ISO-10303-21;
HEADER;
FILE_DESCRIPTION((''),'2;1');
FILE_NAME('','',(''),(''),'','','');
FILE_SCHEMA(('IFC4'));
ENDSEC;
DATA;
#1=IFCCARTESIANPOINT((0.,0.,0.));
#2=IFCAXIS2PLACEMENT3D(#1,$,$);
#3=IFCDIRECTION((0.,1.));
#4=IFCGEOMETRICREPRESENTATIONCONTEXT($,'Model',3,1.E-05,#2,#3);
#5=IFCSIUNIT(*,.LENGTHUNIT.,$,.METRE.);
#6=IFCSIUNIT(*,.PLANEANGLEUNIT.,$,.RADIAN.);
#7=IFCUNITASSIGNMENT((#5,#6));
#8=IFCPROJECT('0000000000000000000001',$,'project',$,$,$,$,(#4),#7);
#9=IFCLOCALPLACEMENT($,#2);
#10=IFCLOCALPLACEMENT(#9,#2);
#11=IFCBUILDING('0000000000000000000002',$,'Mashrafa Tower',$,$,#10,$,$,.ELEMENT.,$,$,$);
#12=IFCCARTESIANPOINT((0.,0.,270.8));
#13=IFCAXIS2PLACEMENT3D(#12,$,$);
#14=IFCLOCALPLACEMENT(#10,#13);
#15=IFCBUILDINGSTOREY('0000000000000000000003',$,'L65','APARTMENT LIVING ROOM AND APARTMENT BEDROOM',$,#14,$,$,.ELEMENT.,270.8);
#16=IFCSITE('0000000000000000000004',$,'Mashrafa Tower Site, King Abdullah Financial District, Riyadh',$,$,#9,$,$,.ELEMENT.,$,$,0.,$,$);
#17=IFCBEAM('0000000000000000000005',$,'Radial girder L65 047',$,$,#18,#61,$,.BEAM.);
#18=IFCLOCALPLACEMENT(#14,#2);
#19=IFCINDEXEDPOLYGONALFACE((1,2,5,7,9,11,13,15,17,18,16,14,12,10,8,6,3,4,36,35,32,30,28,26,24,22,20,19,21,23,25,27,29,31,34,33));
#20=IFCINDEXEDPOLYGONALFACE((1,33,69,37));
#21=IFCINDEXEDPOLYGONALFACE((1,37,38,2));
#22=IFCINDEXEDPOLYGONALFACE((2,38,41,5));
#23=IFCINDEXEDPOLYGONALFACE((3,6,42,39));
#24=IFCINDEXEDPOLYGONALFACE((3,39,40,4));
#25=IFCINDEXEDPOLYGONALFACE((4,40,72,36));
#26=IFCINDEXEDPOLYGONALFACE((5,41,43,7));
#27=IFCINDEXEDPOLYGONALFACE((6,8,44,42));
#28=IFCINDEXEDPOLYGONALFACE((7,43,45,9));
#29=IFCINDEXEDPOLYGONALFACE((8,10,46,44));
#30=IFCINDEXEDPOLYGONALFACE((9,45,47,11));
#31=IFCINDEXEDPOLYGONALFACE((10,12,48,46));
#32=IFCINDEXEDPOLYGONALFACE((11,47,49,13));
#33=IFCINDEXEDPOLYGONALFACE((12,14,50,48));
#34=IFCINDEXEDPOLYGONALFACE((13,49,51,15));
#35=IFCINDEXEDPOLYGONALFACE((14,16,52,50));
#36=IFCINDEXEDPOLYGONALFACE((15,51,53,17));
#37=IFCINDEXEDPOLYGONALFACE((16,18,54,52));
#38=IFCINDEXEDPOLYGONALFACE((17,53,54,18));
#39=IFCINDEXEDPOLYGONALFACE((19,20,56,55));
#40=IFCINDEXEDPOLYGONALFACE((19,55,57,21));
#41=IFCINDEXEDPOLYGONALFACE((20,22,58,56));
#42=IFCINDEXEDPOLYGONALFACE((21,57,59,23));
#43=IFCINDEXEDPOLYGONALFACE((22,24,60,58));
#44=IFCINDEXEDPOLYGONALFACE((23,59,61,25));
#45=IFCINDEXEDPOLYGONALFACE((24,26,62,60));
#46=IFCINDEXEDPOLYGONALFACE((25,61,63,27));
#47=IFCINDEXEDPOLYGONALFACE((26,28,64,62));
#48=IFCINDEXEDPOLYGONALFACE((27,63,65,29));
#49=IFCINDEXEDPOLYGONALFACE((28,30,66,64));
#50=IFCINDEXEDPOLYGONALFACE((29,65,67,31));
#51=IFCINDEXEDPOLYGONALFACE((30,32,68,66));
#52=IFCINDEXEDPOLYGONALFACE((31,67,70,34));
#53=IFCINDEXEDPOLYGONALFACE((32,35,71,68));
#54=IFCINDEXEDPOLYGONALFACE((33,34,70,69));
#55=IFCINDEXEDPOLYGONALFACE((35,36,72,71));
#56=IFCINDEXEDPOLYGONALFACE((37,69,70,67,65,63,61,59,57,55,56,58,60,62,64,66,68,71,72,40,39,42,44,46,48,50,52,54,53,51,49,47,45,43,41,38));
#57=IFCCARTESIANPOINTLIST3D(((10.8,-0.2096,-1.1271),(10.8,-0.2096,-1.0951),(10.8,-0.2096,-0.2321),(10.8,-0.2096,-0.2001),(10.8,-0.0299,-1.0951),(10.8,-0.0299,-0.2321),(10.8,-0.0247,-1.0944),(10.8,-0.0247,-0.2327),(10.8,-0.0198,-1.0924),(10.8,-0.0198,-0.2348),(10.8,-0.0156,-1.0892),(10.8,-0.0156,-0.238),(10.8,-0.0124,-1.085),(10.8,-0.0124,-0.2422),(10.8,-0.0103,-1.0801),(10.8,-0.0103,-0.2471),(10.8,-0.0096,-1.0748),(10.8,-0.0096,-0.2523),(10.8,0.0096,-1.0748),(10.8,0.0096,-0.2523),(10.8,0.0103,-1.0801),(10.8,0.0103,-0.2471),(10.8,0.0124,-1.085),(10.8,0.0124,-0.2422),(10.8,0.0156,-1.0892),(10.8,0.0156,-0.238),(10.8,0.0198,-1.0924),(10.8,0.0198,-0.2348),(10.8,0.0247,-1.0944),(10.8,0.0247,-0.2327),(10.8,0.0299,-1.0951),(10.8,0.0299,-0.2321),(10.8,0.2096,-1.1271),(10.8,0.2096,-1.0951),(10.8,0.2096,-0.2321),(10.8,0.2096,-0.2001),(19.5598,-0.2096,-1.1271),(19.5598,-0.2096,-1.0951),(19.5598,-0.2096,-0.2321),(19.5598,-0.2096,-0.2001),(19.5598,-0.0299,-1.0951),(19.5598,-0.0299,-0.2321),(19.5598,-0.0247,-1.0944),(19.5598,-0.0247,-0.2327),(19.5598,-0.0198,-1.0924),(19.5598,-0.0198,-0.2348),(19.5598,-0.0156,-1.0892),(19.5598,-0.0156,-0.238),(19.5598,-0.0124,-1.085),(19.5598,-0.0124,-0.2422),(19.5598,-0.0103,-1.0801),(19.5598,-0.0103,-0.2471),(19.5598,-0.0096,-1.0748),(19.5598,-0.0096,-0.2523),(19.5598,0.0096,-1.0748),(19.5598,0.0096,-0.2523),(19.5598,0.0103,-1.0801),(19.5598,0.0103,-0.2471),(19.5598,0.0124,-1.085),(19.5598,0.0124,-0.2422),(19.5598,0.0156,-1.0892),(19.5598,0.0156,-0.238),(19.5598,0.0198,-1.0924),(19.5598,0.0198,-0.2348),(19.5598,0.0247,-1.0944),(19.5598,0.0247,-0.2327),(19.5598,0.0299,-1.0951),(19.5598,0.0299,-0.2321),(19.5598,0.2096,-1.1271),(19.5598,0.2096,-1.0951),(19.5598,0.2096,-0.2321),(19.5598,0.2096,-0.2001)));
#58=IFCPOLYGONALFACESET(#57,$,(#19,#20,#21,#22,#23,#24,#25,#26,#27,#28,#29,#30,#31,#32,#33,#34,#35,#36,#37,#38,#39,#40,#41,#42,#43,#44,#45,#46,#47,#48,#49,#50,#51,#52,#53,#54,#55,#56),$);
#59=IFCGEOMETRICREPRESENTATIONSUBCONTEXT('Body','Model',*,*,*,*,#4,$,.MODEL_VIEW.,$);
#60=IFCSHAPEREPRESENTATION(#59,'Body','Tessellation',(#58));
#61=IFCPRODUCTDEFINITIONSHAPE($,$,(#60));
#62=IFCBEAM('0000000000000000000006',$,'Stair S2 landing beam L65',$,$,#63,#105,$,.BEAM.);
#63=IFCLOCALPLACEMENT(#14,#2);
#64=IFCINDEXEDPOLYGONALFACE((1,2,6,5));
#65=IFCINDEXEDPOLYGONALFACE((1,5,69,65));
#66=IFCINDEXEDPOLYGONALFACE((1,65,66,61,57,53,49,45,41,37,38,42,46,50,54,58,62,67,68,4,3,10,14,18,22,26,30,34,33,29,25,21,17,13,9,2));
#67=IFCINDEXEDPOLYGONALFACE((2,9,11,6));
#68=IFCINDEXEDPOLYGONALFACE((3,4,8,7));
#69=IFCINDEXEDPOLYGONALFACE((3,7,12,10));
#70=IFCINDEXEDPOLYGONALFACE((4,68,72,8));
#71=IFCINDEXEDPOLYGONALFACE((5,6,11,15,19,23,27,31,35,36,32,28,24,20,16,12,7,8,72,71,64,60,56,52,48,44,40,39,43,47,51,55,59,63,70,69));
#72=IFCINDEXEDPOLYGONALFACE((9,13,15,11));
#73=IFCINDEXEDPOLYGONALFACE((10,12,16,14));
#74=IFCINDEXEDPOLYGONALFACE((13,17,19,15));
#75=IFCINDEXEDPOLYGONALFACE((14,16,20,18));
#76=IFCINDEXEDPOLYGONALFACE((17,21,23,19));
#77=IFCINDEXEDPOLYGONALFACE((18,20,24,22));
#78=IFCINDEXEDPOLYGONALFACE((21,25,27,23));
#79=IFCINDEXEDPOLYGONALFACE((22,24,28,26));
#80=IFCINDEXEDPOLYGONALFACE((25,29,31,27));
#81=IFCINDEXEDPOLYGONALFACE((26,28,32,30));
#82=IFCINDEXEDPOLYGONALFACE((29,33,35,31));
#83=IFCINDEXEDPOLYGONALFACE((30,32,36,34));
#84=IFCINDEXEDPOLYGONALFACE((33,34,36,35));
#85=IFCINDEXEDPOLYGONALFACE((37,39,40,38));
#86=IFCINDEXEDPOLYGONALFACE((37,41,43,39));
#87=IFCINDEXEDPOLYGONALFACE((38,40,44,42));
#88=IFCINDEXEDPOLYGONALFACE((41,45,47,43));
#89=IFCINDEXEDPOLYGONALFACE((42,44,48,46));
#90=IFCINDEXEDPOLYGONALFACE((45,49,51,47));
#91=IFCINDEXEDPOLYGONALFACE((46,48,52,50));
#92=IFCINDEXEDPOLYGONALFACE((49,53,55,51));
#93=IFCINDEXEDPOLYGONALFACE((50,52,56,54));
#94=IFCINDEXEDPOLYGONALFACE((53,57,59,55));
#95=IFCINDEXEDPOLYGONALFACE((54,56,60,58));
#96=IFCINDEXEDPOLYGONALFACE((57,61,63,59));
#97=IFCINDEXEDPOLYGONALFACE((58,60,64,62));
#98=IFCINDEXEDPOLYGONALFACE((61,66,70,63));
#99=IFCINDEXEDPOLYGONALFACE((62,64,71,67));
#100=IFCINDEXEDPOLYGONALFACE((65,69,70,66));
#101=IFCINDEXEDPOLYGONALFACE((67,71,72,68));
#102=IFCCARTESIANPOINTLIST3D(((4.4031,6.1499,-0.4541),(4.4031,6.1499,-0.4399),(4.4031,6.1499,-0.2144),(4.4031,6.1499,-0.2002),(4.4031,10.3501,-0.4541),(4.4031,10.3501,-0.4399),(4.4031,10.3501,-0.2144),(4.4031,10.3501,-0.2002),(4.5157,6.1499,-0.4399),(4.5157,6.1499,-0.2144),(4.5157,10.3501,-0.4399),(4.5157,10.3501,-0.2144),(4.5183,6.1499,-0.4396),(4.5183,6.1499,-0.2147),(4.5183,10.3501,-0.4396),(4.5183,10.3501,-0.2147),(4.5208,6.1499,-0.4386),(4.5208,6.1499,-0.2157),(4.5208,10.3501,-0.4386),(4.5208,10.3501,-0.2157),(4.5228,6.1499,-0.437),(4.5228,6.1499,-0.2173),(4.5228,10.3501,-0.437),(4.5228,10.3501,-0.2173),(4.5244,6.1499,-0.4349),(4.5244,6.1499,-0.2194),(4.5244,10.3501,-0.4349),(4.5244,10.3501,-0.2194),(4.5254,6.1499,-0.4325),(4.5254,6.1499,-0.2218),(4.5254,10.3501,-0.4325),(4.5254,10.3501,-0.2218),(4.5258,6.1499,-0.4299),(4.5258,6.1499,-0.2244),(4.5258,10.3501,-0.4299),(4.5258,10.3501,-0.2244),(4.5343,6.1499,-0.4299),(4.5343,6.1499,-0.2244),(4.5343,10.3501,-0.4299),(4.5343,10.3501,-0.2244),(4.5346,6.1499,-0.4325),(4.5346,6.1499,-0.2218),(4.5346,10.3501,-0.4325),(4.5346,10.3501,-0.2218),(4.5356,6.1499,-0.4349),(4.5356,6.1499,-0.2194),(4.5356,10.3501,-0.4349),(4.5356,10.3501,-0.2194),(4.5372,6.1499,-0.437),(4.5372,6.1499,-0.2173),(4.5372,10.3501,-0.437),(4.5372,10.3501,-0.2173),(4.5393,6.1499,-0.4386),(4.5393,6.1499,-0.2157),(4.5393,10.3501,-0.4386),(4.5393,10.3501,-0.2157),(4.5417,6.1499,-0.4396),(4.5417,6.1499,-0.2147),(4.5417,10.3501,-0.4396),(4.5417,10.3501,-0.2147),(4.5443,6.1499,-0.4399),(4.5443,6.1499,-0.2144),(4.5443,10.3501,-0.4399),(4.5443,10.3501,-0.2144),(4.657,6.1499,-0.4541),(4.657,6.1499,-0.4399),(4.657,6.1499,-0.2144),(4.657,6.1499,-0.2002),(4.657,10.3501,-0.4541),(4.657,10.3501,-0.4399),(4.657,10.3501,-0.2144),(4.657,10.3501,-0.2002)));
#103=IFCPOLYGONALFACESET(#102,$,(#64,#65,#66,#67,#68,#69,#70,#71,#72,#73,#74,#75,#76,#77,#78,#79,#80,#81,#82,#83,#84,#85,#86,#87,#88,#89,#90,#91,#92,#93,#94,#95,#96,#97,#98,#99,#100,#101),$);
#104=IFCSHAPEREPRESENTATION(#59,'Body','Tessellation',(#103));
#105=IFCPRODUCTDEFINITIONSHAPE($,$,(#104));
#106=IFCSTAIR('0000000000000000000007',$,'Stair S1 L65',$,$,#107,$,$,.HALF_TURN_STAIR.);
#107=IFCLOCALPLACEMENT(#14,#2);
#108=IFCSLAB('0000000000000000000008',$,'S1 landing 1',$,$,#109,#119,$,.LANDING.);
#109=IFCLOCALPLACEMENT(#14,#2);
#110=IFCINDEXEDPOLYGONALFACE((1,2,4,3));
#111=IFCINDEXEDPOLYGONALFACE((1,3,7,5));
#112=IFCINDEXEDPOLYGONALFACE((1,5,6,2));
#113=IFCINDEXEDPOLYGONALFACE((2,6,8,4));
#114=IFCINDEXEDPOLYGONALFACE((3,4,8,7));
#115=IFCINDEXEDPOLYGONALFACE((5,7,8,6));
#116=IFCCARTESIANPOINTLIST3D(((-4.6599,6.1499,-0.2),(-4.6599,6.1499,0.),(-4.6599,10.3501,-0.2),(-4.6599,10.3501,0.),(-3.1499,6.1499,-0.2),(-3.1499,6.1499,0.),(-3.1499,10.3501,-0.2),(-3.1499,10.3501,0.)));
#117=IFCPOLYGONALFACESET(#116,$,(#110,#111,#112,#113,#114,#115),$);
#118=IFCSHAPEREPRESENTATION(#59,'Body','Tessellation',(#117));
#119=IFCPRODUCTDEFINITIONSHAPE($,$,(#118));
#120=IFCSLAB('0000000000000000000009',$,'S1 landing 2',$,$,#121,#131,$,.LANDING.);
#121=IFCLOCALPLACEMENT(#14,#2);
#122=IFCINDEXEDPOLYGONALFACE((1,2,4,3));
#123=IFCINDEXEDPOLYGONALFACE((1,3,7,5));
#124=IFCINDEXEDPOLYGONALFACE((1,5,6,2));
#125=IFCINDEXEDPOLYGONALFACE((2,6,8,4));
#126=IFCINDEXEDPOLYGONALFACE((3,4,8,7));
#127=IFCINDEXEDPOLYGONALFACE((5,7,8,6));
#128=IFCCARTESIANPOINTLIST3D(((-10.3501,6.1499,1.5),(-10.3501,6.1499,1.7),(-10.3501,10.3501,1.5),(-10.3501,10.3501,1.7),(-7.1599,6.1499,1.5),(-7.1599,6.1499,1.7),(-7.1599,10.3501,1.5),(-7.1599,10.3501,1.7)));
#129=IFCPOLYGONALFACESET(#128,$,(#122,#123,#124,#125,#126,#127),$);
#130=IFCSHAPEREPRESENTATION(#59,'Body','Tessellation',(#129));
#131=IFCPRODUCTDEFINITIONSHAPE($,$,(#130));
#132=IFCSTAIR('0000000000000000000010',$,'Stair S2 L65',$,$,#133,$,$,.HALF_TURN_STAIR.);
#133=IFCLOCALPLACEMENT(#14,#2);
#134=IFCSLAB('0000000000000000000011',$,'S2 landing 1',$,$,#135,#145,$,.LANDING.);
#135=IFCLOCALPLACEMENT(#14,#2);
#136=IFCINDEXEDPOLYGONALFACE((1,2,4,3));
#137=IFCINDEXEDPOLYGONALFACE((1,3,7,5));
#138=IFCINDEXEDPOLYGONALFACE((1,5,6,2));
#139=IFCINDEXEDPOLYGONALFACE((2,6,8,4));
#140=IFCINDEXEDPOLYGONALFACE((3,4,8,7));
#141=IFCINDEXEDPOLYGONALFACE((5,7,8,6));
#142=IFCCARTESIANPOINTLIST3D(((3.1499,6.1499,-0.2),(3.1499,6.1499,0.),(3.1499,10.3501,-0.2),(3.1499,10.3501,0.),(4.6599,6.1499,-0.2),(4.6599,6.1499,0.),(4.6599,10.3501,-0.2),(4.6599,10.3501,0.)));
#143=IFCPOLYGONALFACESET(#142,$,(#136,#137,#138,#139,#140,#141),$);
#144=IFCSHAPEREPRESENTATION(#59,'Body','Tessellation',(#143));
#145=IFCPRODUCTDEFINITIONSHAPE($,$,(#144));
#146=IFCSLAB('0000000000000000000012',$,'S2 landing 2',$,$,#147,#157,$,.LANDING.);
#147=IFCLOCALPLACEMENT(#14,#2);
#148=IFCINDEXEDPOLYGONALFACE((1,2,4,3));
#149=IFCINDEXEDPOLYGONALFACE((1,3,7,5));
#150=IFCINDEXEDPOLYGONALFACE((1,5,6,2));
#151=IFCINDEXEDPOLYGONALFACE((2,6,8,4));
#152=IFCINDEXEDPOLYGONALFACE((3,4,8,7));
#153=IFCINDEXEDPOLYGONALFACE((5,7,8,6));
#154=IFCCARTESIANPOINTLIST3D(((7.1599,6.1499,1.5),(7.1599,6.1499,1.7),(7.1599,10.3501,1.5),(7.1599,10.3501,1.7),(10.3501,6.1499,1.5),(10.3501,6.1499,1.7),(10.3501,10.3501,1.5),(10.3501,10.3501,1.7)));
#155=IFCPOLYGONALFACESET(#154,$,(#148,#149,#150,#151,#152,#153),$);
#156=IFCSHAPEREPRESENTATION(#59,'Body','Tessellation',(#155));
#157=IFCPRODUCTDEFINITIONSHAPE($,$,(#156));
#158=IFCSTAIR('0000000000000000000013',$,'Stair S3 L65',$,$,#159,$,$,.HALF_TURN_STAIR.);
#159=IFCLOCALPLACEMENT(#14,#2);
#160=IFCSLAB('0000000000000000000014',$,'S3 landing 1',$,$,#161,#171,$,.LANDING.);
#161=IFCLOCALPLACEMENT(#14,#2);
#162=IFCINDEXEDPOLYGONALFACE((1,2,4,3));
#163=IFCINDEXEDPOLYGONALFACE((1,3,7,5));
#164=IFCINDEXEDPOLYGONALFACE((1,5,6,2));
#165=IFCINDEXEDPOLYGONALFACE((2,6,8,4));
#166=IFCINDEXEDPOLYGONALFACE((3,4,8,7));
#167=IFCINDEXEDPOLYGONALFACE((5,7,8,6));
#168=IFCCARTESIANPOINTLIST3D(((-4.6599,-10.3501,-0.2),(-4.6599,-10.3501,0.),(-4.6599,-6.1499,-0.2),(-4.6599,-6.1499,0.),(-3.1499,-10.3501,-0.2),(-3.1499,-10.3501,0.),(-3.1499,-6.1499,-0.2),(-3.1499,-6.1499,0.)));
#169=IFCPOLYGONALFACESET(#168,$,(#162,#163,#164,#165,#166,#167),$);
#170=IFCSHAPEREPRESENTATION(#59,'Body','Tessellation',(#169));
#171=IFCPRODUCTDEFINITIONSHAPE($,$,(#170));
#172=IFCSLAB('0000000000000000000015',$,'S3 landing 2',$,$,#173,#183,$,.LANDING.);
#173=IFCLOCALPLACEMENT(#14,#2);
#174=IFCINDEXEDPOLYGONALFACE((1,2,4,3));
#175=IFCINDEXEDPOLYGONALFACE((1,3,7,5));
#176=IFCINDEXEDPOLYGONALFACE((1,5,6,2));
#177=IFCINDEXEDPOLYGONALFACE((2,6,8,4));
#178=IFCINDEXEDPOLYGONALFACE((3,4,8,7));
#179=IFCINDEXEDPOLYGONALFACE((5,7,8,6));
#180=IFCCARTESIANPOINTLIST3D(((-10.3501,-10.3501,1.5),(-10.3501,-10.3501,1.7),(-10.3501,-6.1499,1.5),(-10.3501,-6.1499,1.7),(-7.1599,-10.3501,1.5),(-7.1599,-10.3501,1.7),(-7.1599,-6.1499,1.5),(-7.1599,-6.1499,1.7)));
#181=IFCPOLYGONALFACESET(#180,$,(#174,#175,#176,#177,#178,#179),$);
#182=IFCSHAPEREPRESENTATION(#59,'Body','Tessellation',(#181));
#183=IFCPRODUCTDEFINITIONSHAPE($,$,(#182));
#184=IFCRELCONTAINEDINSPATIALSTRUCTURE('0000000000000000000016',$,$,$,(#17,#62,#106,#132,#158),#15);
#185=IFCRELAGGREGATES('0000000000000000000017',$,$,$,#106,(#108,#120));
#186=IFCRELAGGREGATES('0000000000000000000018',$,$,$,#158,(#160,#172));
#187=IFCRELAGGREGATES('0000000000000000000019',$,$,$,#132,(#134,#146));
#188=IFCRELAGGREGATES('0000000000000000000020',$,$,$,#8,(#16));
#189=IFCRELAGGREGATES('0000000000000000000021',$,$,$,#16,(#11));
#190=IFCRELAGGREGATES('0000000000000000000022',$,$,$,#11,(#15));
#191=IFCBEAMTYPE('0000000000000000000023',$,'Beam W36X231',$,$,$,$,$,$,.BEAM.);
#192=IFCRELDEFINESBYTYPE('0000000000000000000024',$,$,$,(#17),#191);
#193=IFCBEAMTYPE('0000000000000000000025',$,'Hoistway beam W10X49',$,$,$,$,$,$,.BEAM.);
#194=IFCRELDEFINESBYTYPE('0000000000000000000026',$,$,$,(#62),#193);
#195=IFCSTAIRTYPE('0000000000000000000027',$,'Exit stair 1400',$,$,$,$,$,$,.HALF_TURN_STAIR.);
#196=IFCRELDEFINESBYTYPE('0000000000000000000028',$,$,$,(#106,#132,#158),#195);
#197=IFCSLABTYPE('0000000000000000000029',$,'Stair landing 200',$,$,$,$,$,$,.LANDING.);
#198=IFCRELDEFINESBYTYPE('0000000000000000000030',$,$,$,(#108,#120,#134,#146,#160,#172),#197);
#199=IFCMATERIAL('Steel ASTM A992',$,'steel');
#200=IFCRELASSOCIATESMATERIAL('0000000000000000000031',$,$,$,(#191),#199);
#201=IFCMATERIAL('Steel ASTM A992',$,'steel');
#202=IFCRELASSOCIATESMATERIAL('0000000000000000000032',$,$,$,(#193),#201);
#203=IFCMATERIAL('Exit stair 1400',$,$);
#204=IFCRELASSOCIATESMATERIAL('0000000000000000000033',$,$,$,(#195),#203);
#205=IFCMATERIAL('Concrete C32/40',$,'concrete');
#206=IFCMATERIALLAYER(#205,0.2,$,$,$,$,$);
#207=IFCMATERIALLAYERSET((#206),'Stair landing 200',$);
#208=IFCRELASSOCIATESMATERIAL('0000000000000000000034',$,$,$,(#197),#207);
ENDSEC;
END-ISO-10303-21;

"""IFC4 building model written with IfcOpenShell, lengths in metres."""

from ifc_helpers import new_model, si_unit, direction, frame, origin, origin_2d, place, context, subcontext, project, spatial, polyline, i_section, outline, extrude, material, layer, layer_set, material_profile, profile_set, type_object, element, aggregate, save


model = new_model("IFC4")

# Units and contexts
model_context = context("Model", 3, precision=1e-05, world=origin(), true_north=direction((0.0, 1.0)))
body_context = subcontext(model_context, "Body", "Model", "MODEL_VIEW")
ifc_project = project(units=[si_unit("LENGTHUNIT", "METRE"), si_unit("PLANEANGLEUNIT", "RADIAN")], contexts=[model_context])

# Site, building, storey
site_placement = place(None, origin())
site = spatial("IfcSite", under=ifc_project, at=site_placement, Name="Mashrafa Tower Site, King Abdullah Financial District, Riyadh", CompositionType="ELEMENT", RefElevation=0.0)
building_placement = place(site_placement, origin())
building = spatial("IfcBuilding", under=site, at=building_placement, Name="Mashrafa Tower", CompositionType="ELEMENT")
storey_placement = place(building_placement, frame((0.0, 0.0, 270.8)))
storey = spatial("IfcBuildingStorey", under=building, at=storey_placement, Name="L65", Description="APARTMENT LIVING ROOM AND APARTMENT BEDROOM", CompositionType="ELEMENT", Elevation=270.8)

# Beams
ifc_material_1 = material(Name="Steel ASTM A992", Category="steel")
ifc_material_profile_1 = material_profile(ifc_material_1, i_section(OverallWidth=0.4192, OverallDepth=0.927, WebThickness=0.0193, FlangeThickness=0.032, FilletRadius=0.0203, at=origin_2d()), Name="W36X231")
ifc_profile_set_1 = profile_set([ifc_material_profile_1], Name="Steel ASTM A992")
beam_type_1 = type_object("IfcBeamType", Name="Beam W36X231", PredefinedType="BEAM", material=ifc_profile_set_1)
for number, where, z_axis, x_axis, name in (
    (1, (10.8, 0.0, -0.6636), (1.0, 0.0, 0.0), (0.0, 1.0, 0.0), "Radial girder L65 047"),
):
    element("IfcBeam", number, at=place(storey_placement, frame(where, z_axis=z_axis, x_axis=x_axis)), inside=storey, type_object=beam_type_1, Name=name, PredefinedType="BEAM", context=body_context, shape_type="SweptSolid", body=[
        extrude(i_section(OverallWidth=0.4192, OverallDepth=0.927, WebThickness=0.0193, FlangeThickness=0.032, FilletRadius=0.0203, at=origin_2d()), origin(), (0.0, 0.0, 1.0), 8.7598),
    ])
ifc_material_2 = material(Name="Steel ASTM A992", Category="steel")
ifc_material_profile_2 = material_profile(ifc_material_2, i_section(OverallWidth=0.2539, OverallDepth=0.2539, WebThickness=0.0085, FlangeThickness=0.0142, FilletRadius=0.01, at=origin_2d()), Name="W10X49")
ifc_profile_set_2 = profile_set([ifc_material_profile_2], Name="Steel ASTM A992")
beam_type_2 = type_object("IfcBeamType", Name="Hoistway beam W10X49", PredefinedType="BEAM", material=ifc_profile_set_2)
beam_1_placement = place(storey_placement, frame((4.53, 6.1499, -0.3271), z_axis=(0.0, 1.0, 0.0), x_axis=(-1.0, 0.0, 0.0)))
element("IfcBeam", 2, at=beam_1_placement, inside=storey, type_object=beam_type_2, Name="Stair S2 landing beam L65", PredefinedType="BEAM", context=body_context, shape_type="SweptSolid", body=[
    extrude(i_section(OverallWidth=0.2539, OverallDepth=0.2539, WebThickness=0.0085, FlangeThickness=0.0142, FilletRadius=0.01, at=origin_2d()), origin(), (0.0, 0.0, 1.0), 4.2002),
])

# Stairs, slabs
ifc_material_3 = material(Name="Exit stair 1400")
stair_type = type_object("IfcStairType", Name="Exit stair 1400", PredefinedType="HALF_TURN_STAIR", material=ifc_material_3)
stair_1_placement = place(storey_placement, origin())
stair_1 = element("IfcStair", 3, at=stair_1_placement, inside=storey, type_object=stair_type, Name="Stair S1 L65", PredefinedType="HALF_TURN_STAIR")
ifc_material_4 = material(Name="Concrete C32/40", Category="concrete")
ifc_layer_1 = layer(ifc_material_4, 0.2)
ifc_layer_set_1 = layer_set([ifc_layer_1], Name="Stair landing 200")
slab_type = type_object("IfcSlabType", Name="Stair landing 200", PredefinedType="LANDING", material=ifc_layer_set_1)
slab_1_placement = place(storey_placement, frame((0.0, 0.0, -0.2)))
slab_1 = element("IfcSlab", 4, at=slab_1_placement, type_object=slab_type, Name="S1 landing 1", PredefinedType="LANDING", context=body_context, shape_type="SweptSolid", body=[
    extrude(outline(polyline([(-4.6599, 6.1499), (-3.1499, 6.1499), (-3.1499, 10.3501), (-4.6599, 10.3501), (-4.6599, 6.1499)])), origin(), (0.0, 0.0, 1.0), 0.2),
])
slab_2_placement = place(storey_placement, frame((0.0, 0.0, 1.5)))
slab_2 = element("IfcSlab", 5, at=slab_2_placement, type_object=slab_type, Name="S1 landing 2", PredefinedType="LANDING", context=body_context, shape_type="SweptSolid", body=[
    extrude(outline(polyline([(-10.3501, 6.1499), (-7.1599, 6.1499), (-7.1599, 10.3501), (-10.3501, 10.3501), (-10.3501, 6.1499)])), origin(), (0.0, 0.0, 1.0), 0.2),
])
aggregate(stair_1, [slab_1, slab_2])
stair_2_placement = place(storey_placement, origin())
stair_2 = element("IfcStair", 6, at=stair_2_placement, inside=storey, type_object=stair_type, Name="Stair S2 L65", PredefinedType="HALF_TURN_STAIR")
slab_3_placement = place(storey_placement, frame((0.0, 0.0, -0.2)))
slab_3 = element("IfcSlab", 7, at=slab_3_placement, type_object=slab_type, Name="S2 landing 1", PredefinedType="LANDING", context=body_context, shape_type="SweptSolid", body=[
    extrude(outline(polyline([(3.1499, 6.1499), (4.6599, 6.1499), (4.6599, 10.3501), (3.1499, 10.3501), (3.1499, 6.1499)])), origin(), (0.0, 0.0, 1.0), 0.2),
])
slab_4_placement = place(storey_placement, frame((0.0, 0.0, 1.5)))
slab_4 = element("IfcSlab", 8, at=slab_4_placement, type_object=slab_type, Name="S2 landing 2", PredefinedType="LANDING", context=body_context, shape_type="SweptSolid", body=[
    extrude(outline(polyline([(7.1599, 6.1499), (10.3501, 6.1499), (10.3501, 10.3501), (7.1599, 10.3501), (7.1599, 6.1499)])), origin(), (0.0, 0.0, 1.0), 0.2),
])
stair_3_placement = place(storey_placement, origin())
stair_3 = element("IfcStair", 9, at=stair_3_placement, inside=storey, type_object=stair_type, Name="Stair S3 L65", PredefinedType="HALF_TURN_STAIR")
slab_5_placement = place(storey_placement, frame((0.0, 0.0, -0.2)))
slab_5 = element("IfcSlab", 10, at=slab_5_placement, type_object=slab_type, Name="S3 landing 1", PredefinedType="LANDING", context=body_context, shape_type="SweptSolid", body=[
    extrude(outline(polyline([(-4.6599, -10.3501), (-3.1499, -10.3501), (-3.1499, -6.1499), (-4.6599, -6.1499), (-4.6599, -10.3501)])), origin(), (0.0, 0.0, 1.0), 0.2),
])
slab_6_placement = place(storey_placement, frame((0.0, 0.0, 1.5)))
slab_6 = element("IfcSlab", 11, at=slab_6_placement, type_object=slab_type, Name="S3 landing 2", PredefinedType="LANDING", context=body_context, shape_type="SweptSolid", body=[
    extrude(outline(polyline([(-10.3501, -10.3501), (-7.1599, -10.3501), (-7.1599, -6.1499), (-10.3501, -6.1499), (-10.3501, -10.3501)])), origin(), (0.0, 0.0, 1.0), 0.2),
])
aggregate(stair_3, [slab_5, slab_6])

aggregate(stair_2, [slab_3, slab_4])

save(model, "model.ifc")
